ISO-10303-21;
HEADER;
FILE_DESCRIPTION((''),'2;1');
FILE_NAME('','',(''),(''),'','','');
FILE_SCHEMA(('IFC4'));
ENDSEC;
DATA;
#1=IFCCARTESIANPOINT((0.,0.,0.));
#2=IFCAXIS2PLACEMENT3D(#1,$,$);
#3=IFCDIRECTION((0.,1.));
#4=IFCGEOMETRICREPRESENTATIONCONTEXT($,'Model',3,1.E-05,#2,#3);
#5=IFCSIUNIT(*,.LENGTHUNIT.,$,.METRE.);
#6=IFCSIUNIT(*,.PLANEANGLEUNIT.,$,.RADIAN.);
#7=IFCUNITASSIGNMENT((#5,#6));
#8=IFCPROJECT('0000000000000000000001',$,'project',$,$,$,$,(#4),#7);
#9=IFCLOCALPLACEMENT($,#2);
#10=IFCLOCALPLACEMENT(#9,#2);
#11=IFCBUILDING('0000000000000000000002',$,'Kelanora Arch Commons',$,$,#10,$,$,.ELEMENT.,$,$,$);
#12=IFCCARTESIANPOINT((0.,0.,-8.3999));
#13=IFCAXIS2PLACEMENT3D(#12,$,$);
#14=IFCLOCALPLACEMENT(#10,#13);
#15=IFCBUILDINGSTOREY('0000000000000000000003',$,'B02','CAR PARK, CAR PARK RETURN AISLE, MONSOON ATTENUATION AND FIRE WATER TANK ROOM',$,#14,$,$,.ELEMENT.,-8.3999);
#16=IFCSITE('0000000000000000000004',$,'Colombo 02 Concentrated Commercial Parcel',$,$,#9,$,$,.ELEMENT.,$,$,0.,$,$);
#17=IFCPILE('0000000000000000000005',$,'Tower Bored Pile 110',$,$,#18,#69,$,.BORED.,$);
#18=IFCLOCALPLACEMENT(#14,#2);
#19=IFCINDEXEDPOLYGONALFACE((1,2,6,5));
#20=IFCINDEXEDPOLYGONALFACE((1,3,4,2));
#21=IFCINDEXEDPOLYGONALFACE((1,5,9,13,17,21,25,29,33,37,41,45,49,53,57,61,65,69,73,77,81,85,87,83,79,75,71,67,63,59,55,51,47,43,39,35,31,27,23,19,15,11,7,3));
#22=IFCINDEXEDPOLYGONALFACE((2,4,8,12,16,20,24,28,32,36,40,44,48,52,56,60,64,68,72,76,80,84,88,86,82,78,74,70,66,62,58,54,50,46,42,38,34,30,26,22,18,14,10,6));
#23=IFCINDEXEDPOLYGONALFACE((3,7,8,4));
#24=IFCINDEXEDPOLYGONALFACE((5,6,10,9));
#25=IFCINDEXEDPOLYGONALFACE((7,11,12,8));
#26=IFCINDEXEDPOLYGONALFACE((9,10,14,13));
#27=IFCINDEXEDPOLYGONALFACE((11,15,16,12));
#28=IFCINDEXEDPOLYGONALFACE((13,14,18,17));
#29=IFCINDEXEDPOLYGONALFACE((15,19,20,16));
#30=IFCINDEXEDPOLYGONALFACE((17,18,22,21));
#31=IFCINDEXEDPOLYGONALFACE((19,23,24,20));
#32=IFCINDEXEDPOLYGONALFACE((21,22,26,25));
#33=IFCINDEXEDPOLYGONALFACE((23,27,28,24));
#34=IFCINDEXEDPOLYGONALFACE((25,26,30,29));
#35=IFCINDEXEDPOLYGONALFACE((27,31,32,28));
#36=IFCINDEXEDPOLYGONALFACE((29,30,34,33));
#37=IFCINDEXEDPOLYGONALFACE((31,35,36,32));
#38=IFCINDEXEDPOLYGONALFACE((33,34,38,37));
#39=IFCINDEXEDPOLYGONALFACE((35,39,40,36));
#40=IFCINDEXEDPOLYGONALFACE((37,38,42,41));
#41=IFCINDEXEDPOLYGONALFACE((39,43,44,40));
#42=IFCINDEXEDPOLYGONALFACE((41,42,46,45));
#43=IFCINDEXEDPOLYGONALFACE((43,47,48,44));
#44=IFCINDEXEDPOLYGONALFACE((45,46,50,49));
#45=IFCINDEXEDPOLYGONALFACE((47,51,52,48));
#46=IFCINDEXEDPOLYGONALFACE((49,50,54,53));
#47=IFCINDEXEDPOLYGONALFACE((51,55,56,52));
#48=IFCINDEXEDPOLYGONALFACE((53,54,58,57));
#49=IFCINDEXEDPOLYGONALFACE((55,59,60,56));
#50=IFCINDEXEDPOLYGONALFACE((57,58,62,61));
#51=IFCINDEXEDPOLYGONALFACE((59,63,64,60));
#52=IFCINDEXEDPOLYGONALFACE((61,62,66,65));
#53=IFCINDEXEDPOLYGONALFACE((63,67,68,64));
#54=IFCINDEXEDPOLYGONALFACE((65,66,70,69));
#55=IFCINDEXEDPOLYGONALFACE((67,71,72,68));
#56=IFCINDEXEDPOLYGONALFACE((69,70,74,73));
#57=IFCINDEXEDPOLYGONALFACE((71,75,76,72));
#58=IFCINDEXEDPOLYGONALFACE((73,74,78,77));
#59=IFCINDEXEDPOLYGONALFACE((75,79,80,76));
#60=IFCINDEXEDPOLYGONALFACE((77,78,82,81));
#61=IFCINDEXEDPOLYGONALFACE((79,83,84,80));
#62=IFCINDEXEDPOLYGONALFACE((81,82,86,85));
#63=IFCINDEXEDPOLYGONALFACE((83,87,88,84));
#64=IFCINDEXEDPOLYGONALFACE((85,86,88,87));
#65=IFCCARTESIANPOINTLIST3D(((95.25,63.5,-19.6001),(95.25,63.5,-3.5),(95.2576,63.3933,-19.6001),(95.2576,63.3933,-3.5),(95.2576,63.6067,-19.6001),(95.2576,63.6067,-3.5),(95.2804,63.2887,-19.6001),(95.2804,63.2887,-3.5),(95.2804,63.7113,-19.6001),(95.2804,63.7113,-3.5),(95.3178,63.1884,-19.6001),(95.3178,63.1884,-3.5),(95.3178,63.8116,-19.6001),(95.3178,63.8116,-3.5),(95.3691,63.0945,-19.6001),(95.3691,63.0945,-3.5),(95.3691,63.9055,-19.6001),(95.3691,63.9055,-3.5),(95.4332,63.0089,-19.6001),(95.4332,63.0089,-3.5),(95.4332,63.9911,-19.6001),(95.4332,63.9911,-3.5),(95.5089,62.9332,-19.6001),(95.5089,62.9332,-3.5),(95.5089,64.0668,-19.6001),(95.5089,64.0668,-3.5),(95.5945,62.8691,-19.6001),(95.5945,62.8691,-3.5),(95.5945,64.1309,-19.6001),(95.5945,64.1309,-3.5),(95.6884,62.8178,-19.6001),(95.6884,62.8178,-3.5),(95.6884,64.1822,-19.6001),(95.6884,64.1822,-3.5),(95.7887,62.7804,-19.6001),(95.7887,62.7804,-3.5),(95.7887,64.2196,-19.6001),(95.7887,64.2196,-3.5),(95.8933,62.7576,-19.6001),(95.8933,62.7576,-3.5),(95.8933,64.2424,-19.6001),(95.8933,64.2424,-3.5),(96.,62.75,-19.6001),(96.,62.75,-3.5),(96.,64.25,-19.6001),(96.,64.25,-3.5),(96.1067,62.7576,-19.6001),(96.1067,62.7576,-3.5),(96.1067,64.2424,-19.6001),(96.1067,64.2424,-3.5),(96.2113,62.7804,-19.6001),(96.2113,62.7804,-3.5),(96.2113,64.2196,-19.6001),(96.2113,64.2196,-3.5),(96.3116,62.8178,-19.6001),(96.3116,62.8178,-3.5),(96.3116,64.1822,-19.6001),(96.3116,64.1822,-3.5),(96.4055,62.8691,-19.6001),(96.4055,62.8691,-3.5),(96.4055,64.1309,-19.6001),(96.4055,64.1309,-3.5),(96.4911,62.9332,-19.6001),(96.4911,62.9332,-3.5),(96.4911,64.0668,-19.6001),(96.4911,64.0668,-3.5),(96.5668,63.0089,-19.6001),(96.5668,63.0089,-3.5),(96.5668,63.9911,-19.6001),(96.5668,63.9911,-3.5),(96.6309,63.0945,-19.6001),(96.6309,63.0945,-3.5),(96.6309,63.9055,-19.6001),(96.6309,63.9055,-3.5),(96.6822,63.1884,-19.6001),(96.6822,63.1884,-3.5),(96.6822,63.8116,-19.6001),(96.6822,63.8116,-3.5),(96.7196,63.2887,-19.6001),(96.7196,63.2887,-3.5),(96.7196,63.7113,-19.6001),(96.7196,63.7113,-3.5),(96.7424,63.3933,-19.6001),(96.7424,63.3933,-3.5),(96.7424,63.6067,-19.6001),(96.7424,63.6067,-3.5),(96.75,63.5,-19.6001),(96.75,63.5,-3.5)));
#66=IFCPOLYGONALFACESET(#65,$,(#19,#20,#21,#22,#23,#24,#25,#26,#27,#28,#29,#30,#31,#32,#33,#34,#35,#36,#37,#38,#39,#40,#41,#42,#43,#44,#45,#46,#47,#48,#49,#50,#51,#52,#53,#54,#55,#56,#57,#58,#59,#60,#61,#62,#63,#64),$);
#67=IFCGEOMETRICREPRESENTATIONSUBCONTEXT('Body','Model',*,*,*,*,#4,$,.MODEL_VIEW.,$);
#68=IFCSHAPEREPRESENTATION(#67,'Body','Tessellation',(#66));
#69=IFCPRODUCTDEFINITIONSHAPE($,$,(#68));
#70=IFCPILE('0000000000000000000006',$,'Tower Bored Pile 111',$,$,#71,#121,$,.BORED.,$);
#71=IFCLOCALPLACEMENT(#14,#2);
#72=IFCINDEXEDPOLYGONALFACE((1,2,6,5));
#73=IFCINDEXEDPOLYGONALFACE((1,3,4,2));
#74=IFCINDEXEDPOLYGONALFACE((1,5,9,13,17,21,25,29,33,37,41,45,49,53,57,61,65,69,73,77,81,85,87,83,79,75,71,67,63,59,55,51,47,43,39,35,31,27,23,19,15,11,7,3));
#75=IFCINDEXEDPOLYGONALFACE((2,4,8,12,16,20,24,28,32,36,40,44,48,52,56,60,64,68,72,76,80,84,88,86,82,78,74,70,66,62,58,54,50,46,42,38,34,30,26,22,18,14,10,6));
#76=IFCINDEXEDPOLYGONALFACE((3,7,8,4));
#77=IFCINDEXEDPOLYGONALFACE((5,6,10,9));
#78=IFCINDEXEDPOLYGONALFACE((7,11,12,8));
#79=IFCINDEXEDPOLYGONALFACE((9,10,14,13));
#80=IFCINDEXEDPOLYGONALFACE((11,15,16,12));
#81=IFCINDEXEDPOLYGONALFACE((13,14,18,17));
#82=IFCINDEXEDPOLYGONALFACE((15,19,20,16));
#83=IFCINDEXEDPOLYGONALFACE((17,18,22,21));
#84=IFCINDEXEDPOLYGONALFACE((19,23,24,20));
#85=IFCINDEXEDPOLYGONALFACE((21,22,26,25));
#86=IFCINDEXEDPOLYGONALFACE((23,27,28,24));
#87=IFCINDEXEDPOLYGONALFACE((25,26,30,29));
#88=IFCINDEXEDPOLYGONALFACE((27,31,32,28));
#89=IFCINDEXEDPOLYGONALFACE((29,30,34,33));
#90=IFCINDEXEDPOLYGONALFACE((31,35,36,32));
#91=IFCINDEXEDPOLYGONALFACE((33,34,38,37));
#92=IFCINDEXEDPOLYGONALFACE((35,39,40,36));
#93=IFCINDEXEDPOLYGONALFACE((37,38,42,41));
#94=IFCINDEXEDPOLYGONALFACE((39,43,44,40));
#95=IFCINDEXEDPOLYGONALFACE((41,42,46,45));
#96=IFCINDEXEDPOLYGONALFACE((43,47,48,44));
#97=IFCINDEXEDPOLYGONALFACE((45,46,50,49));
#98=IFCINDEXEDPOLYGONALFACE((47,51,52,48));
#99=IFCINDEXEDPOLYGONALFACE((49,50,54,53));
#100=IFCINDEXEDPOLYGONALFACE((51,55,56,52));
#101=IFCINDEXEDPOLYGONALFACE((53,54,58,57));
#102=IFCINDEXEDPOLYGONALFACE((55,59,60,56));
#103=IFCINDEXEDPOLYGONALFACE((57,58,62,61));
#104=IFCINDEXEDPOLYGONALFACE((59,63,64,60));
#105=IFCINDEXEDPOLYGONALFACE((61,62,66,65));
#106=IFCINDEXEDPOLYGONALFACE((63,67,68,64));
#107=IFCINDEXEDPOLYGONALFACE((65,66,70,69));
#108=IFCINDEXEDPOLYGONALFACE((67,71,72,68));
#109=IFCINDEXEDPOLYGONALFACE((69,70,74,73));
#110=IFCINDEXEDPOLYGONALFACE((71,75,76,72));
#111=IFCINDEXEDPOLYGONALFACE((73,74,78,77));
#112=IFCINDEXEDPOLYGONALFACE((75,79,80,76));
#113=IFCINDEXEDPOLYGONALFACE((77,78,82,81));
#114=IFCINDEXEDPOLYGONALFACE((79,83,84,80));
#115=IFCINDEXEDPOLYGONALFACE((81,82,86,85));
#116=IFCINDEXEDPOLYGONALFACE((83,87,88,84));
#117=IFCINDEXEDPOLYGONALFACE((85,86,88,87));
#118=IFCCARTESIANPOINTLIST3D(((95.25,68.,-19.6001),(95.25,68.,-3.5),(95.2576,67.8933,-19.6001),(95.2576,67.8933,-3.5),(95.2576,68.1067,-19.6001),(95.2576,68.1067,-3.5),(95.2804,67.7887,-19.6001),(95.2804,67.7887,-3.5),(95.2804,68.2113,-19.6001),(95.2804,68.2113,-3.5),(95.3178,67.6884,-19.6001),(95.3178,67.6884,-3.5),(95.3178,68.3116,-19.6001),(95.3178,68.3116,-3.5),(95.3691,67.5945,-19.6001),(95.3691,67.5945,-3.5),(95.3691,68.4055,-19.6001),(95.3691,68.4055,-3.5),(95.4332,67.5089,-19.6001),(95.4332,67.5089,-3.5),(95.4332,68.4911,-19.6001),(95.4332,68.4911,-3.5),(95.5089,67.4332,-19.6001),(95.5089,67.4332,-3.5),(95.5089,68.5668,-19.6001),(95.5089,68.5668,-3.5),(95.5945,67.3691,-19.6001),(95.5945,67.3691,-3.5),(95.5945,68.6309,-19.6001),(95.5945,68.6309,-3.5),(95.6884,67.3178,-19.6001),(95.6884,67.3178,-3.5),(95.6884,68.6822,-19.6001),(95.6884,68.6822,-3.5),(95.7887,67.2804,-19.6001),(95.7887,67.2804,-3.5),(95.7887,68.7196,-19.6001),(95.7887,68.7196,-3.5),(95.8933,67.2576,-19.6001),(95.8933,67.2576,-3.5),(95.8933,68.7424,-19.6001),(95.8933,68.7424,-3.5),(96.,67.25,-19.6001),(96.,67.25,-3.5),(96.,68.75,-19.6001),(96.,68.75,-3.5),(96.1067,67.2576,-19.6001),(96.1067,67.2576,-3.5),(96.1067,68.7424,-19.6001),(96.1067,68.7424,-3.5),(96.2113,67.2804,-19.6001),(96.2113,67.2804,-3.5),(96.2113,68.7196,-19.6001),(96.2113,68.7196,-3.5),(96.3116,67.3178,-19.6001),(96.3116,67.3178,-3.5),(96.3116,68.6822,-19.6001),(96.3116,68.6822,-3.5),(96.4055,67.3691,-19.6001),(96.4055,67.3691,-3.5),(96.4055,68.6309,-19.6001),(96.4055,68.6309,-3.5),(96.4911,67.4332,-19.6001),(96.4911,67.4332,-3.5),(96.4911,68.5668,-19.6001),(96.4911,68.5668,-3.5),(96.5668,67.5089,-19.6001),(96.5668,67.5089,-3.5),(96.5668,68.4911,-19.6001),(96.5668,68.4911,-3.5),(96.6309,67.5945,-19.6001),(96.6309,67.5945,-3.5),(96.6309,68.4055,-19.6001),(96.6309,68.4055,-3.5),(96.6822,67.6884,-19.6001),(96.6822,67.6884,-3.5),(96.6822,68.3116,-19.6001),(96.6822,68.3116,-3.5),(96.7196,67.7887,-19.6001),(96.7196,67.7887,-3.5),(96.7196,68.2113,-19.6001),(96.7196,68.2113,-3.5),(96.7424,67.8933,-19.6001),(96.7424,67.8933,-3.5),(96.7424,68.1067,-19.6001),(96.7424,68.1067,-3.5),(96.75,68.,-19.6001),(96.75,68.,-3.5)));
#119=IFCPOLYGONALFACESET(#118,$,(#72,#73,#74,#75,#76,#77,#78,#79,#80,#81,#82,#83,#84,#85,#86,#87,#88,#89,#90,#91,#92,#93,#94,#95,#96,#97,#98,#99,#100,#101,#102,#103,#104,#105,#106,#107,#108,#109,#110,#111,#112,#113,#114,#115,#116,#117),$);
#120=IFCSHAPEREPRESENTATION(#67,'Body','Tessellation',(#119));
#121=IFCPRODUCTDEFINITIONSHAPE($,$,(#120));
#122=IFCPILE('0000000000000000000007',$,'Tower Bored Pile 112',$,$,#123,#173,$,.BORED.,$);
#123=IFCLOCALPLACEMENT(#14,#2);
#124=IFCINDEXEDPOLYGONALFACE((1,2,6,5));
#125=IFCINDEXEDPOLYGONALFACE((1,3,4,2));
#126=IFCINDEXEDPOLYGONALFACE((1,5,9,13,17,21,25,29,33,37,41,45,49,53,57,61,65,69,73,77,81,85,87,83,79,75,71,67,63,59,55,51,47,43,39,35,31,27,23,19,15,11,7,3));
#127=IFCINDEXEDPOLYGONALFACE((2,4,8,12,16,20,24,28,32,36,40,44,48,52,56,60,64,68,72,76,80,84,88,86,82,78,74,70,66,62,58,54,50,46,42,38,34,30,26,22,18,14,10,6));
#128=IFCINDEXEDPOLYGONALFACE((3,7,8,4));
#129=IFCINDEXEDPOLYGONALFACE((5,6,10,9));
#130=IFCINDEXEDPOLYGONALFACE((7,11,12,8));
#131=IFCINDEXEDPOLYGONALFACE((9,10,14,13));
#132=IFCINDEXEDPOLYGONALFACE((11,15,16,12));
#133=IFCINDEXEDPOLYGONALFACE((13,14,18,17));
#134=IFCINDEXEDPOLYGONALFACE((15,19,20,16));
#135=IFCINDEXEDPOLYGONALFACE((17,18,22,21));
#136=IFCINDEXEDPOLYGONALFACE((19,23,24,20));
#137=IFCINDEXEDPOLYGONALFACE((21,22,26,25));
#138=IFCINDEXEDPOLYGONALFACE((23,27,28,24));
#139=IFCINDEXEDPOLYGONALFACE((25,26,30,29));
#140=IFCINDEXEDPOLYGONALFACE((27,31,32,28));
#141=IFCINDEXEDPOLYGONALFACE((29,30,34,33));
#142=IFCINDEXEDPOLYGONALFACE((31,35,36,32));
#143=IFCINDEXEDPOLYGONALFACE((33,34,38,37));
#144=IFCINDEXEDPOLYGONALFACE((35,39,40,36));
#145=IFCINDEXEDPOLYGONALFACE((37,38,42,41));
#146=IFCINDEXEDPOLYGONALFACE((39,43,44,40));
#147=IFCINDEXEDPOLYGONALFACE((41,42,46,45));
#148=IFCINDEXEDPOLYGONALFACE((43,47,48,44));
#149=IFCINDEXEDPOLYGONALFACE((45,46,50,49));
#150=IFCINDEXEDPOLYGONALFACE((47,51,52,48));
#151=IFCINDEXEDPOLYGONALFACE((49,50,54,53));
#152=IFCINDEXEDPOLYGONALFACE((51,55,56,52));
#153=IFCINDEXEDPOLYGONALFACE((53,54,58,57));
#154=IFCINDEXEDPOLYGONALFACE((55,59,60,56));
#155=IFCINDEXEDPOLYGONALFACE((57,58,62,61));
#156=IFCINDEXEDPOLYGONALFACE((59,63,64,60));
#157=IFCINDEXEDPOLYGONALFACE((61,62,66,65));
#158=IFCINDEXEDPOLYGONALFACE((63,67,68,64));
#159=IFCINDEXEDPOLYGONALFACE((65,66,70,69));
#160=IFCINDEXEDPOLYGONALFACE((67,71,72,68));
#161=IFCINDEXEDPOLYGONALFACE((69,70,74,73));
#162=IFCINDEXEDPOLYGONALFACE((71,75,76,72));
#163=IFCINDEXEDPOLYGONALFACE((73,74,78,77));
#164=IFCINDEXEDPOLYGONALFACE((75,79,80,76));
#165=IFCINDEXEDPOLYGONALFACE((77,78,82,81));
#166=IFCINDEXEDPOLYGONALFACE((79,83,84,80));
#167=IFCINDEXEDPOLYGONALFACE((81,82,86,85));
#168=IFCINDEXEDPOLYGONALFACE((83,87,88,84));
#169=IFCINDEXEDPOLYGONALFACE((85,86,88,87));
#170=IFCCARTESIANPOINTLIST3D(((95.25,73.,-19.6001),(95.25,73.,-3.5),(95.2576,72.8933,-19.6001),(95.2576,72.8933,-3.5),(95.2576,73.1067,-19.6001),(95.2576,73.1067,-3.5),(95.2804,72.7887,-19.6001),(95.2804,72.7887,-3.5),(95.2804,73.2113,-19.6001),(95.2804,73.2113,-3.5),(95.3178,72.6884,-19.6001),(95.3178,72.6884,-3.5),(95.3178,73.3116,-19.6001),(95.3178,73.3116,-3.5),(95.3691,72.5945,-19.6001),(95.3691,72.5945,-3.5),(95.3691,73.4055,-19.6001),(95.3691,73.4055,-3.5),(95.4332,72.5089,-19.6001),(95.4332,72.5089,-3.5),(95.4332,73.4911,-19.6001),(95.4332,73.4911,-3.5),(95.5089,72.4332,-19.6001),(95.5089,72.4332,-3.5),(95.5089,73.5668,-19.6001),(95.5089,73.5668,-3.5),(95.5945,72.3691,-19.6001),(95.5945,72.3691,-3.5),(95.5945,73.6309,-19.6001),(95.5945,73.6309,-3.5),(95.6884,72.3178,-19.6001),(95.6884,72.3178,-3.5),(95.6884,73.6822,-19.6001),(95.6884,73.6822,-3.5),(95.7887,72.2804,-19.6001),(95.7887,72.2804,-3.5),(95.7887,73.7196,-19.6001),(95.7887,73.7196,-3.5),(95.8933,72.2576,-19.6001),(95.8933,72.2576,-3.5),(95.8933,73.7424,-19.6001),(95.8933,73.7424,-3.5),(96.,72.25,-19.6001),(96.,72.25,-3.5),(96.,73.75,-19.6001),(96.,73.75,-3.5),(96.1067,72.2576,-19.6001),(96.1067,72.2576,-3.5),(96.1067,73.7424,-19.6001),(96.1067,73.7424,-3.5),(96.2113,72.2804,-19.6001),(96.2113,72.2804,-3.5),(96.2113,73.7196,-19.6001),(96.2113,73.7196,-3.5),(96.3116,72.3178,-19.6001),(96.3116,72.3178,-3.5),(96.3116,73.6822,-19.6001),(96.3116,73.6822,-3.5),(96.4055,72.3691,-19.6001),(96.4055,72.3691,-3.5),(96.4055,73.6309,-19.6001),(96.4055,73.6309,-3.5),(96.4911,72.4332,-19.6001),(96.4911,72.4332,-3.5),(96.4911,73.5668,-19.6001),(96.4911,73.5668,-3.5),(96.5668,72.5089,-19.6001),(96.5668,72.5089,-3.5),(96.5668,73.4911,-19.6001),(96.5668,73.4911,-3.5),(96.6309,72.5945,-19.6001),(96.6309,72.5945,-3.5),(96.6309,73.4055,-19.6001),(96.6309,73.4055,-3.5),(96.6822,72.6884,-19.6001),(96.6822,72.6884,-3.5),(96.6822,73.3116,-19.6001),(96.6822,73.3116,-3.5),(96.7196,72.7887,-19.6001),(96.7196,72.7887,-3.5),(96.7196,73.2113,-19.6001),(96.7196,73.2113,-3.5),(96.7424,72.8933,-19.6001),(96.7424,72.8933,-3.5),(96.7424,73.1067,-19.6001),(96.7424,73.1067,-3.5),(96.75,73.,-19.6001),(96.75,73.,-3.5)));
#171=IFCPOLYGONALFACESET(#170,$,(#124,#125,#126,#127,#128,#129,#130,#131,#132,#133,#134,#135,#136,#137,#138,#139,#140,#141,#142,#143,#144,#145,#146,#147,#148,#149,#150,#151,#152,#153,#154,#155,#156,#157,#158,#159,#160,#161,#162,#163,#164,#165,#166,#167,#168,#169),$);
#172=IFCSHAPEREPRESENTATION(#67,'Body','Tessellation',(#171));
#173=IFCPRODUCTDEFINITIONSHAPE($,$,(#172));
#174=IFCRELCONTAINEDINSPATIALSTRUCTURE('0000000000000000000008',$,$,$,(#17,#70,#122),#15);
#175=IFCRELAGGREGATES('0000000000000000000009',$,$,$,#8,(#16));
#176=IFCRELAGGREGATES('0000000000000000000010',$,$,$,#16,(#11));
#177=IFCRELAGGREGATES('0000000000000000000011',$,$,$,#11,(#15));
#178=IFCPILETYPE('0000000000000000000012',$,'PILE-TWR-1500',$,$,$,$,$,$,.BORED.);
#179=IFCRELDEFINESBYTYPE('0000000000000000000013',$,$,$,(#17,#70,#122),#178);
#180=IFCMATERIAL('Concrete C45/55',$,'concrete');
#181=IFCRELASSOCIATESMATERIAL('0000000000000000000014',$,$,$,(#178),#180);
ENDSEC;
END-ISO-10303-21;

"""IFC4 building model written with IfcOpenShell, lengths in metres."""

from ifc_helpers import new_model, si_unit, direction, frame, origin, origin_2d, place, context, subcontext, project, spatial, circle, extrude, source, transform, mapped, material, material_profile, profile_set, type_object, element, save


model = new_model("IFC4")

# Units and contexts
model_context = context("Model", 3, precision=1e-05, world=origin(), true_north=direction((0.0, 1.0)))
body_context = subcontext(model_context, "Body", "Model", "MODEL_VIEW")
ifc_project = project(units=[si_unit("LENGTHUNIT", "METRE"), si_unit("PLANEANGLEUNIT", "RADIAN")], contexts=[model_context])

# Site, building, storey
site_placement = place(None, origin())
site = spatial("IfcSite", under=ifc_project, at=site_placement, Name="Colombo 02 Concentrated Commercial Parcel", CompositionType="ELEMENT", RefElevation=0.0)
building_placement = place(site_placement, origin())
building = spatial("IfcBuilding", under=site, at=building_placement, Name="Kelanora Arch Commons", CompositionType="ELEMENT")
storey_placement = place(building_placement, frame((0.0, 0.0, -8.3999)))
storey = spatial("IfcBuildingStorey", under=building, at=storey_placement, Name="B02", Description="CAR PARK, CAR PARK RETURN AISLE, MONSOON ATTENUATION AND FIRE WATER TANK ROOM", CompositionType="ELEMENT", Elevation=-8.3999)

# Piles
ifc_material_1 = material(Name="Concrete C45/55", Category="concrete")
ifc_material_profile_1 = material_profile(ifc_material_1, circle(Radius=0.75, at=origin_2d()), Name="PILE1500")
ifc_profile_set_1 = profile_set([ifc_material_profile_1], Name="Concrete C45/55")
pile_type = type_object("IfcPileType", Name="PILE-TWR-1500", PredefinedType="BORED", material=ifc_profile_set_1)
shared_shape = source(origin(), body_context, "Body", "SweptSolid", [
    extrude(circle(Radius=0.75, at=origin_2d()), origin(), (0.0, 0.0, 1.0), 16.1001),
])
for number, where, z_axis, x_axis, name in (
    (1, (96.0, 63.5, -3.5), (0.0, 0.0, -1.0), (1.0, 0.0, 0.0), "Tower Bored Pile 110"),
    (2, (96.0, 68.0, -3.5), (0.0, 0.0, -1.0), (1.0, 0.0, 0.0), "Tower Bored Pile 111"),
    (3, (96.0, 73.0, -3.5), (0.0, 0.0, -1.0), (1.0, 0.0, 0.0), "Tower Bored Pile 112"),
):
    element("IfcPile", number, at=place(storey_placement, frame(where, z_axis=z_axis, x_axis=x_axis)), inside=storey, type_object=pile_type, Name=name, PredefinedType="BORED", context=body_context, shape_type="MappedRepresentation", body=[
        mapped(shared_shape, transform((0.0, 0.0, 0.0), scale=1.0)),
    ])

save(model, "model.ifc")
